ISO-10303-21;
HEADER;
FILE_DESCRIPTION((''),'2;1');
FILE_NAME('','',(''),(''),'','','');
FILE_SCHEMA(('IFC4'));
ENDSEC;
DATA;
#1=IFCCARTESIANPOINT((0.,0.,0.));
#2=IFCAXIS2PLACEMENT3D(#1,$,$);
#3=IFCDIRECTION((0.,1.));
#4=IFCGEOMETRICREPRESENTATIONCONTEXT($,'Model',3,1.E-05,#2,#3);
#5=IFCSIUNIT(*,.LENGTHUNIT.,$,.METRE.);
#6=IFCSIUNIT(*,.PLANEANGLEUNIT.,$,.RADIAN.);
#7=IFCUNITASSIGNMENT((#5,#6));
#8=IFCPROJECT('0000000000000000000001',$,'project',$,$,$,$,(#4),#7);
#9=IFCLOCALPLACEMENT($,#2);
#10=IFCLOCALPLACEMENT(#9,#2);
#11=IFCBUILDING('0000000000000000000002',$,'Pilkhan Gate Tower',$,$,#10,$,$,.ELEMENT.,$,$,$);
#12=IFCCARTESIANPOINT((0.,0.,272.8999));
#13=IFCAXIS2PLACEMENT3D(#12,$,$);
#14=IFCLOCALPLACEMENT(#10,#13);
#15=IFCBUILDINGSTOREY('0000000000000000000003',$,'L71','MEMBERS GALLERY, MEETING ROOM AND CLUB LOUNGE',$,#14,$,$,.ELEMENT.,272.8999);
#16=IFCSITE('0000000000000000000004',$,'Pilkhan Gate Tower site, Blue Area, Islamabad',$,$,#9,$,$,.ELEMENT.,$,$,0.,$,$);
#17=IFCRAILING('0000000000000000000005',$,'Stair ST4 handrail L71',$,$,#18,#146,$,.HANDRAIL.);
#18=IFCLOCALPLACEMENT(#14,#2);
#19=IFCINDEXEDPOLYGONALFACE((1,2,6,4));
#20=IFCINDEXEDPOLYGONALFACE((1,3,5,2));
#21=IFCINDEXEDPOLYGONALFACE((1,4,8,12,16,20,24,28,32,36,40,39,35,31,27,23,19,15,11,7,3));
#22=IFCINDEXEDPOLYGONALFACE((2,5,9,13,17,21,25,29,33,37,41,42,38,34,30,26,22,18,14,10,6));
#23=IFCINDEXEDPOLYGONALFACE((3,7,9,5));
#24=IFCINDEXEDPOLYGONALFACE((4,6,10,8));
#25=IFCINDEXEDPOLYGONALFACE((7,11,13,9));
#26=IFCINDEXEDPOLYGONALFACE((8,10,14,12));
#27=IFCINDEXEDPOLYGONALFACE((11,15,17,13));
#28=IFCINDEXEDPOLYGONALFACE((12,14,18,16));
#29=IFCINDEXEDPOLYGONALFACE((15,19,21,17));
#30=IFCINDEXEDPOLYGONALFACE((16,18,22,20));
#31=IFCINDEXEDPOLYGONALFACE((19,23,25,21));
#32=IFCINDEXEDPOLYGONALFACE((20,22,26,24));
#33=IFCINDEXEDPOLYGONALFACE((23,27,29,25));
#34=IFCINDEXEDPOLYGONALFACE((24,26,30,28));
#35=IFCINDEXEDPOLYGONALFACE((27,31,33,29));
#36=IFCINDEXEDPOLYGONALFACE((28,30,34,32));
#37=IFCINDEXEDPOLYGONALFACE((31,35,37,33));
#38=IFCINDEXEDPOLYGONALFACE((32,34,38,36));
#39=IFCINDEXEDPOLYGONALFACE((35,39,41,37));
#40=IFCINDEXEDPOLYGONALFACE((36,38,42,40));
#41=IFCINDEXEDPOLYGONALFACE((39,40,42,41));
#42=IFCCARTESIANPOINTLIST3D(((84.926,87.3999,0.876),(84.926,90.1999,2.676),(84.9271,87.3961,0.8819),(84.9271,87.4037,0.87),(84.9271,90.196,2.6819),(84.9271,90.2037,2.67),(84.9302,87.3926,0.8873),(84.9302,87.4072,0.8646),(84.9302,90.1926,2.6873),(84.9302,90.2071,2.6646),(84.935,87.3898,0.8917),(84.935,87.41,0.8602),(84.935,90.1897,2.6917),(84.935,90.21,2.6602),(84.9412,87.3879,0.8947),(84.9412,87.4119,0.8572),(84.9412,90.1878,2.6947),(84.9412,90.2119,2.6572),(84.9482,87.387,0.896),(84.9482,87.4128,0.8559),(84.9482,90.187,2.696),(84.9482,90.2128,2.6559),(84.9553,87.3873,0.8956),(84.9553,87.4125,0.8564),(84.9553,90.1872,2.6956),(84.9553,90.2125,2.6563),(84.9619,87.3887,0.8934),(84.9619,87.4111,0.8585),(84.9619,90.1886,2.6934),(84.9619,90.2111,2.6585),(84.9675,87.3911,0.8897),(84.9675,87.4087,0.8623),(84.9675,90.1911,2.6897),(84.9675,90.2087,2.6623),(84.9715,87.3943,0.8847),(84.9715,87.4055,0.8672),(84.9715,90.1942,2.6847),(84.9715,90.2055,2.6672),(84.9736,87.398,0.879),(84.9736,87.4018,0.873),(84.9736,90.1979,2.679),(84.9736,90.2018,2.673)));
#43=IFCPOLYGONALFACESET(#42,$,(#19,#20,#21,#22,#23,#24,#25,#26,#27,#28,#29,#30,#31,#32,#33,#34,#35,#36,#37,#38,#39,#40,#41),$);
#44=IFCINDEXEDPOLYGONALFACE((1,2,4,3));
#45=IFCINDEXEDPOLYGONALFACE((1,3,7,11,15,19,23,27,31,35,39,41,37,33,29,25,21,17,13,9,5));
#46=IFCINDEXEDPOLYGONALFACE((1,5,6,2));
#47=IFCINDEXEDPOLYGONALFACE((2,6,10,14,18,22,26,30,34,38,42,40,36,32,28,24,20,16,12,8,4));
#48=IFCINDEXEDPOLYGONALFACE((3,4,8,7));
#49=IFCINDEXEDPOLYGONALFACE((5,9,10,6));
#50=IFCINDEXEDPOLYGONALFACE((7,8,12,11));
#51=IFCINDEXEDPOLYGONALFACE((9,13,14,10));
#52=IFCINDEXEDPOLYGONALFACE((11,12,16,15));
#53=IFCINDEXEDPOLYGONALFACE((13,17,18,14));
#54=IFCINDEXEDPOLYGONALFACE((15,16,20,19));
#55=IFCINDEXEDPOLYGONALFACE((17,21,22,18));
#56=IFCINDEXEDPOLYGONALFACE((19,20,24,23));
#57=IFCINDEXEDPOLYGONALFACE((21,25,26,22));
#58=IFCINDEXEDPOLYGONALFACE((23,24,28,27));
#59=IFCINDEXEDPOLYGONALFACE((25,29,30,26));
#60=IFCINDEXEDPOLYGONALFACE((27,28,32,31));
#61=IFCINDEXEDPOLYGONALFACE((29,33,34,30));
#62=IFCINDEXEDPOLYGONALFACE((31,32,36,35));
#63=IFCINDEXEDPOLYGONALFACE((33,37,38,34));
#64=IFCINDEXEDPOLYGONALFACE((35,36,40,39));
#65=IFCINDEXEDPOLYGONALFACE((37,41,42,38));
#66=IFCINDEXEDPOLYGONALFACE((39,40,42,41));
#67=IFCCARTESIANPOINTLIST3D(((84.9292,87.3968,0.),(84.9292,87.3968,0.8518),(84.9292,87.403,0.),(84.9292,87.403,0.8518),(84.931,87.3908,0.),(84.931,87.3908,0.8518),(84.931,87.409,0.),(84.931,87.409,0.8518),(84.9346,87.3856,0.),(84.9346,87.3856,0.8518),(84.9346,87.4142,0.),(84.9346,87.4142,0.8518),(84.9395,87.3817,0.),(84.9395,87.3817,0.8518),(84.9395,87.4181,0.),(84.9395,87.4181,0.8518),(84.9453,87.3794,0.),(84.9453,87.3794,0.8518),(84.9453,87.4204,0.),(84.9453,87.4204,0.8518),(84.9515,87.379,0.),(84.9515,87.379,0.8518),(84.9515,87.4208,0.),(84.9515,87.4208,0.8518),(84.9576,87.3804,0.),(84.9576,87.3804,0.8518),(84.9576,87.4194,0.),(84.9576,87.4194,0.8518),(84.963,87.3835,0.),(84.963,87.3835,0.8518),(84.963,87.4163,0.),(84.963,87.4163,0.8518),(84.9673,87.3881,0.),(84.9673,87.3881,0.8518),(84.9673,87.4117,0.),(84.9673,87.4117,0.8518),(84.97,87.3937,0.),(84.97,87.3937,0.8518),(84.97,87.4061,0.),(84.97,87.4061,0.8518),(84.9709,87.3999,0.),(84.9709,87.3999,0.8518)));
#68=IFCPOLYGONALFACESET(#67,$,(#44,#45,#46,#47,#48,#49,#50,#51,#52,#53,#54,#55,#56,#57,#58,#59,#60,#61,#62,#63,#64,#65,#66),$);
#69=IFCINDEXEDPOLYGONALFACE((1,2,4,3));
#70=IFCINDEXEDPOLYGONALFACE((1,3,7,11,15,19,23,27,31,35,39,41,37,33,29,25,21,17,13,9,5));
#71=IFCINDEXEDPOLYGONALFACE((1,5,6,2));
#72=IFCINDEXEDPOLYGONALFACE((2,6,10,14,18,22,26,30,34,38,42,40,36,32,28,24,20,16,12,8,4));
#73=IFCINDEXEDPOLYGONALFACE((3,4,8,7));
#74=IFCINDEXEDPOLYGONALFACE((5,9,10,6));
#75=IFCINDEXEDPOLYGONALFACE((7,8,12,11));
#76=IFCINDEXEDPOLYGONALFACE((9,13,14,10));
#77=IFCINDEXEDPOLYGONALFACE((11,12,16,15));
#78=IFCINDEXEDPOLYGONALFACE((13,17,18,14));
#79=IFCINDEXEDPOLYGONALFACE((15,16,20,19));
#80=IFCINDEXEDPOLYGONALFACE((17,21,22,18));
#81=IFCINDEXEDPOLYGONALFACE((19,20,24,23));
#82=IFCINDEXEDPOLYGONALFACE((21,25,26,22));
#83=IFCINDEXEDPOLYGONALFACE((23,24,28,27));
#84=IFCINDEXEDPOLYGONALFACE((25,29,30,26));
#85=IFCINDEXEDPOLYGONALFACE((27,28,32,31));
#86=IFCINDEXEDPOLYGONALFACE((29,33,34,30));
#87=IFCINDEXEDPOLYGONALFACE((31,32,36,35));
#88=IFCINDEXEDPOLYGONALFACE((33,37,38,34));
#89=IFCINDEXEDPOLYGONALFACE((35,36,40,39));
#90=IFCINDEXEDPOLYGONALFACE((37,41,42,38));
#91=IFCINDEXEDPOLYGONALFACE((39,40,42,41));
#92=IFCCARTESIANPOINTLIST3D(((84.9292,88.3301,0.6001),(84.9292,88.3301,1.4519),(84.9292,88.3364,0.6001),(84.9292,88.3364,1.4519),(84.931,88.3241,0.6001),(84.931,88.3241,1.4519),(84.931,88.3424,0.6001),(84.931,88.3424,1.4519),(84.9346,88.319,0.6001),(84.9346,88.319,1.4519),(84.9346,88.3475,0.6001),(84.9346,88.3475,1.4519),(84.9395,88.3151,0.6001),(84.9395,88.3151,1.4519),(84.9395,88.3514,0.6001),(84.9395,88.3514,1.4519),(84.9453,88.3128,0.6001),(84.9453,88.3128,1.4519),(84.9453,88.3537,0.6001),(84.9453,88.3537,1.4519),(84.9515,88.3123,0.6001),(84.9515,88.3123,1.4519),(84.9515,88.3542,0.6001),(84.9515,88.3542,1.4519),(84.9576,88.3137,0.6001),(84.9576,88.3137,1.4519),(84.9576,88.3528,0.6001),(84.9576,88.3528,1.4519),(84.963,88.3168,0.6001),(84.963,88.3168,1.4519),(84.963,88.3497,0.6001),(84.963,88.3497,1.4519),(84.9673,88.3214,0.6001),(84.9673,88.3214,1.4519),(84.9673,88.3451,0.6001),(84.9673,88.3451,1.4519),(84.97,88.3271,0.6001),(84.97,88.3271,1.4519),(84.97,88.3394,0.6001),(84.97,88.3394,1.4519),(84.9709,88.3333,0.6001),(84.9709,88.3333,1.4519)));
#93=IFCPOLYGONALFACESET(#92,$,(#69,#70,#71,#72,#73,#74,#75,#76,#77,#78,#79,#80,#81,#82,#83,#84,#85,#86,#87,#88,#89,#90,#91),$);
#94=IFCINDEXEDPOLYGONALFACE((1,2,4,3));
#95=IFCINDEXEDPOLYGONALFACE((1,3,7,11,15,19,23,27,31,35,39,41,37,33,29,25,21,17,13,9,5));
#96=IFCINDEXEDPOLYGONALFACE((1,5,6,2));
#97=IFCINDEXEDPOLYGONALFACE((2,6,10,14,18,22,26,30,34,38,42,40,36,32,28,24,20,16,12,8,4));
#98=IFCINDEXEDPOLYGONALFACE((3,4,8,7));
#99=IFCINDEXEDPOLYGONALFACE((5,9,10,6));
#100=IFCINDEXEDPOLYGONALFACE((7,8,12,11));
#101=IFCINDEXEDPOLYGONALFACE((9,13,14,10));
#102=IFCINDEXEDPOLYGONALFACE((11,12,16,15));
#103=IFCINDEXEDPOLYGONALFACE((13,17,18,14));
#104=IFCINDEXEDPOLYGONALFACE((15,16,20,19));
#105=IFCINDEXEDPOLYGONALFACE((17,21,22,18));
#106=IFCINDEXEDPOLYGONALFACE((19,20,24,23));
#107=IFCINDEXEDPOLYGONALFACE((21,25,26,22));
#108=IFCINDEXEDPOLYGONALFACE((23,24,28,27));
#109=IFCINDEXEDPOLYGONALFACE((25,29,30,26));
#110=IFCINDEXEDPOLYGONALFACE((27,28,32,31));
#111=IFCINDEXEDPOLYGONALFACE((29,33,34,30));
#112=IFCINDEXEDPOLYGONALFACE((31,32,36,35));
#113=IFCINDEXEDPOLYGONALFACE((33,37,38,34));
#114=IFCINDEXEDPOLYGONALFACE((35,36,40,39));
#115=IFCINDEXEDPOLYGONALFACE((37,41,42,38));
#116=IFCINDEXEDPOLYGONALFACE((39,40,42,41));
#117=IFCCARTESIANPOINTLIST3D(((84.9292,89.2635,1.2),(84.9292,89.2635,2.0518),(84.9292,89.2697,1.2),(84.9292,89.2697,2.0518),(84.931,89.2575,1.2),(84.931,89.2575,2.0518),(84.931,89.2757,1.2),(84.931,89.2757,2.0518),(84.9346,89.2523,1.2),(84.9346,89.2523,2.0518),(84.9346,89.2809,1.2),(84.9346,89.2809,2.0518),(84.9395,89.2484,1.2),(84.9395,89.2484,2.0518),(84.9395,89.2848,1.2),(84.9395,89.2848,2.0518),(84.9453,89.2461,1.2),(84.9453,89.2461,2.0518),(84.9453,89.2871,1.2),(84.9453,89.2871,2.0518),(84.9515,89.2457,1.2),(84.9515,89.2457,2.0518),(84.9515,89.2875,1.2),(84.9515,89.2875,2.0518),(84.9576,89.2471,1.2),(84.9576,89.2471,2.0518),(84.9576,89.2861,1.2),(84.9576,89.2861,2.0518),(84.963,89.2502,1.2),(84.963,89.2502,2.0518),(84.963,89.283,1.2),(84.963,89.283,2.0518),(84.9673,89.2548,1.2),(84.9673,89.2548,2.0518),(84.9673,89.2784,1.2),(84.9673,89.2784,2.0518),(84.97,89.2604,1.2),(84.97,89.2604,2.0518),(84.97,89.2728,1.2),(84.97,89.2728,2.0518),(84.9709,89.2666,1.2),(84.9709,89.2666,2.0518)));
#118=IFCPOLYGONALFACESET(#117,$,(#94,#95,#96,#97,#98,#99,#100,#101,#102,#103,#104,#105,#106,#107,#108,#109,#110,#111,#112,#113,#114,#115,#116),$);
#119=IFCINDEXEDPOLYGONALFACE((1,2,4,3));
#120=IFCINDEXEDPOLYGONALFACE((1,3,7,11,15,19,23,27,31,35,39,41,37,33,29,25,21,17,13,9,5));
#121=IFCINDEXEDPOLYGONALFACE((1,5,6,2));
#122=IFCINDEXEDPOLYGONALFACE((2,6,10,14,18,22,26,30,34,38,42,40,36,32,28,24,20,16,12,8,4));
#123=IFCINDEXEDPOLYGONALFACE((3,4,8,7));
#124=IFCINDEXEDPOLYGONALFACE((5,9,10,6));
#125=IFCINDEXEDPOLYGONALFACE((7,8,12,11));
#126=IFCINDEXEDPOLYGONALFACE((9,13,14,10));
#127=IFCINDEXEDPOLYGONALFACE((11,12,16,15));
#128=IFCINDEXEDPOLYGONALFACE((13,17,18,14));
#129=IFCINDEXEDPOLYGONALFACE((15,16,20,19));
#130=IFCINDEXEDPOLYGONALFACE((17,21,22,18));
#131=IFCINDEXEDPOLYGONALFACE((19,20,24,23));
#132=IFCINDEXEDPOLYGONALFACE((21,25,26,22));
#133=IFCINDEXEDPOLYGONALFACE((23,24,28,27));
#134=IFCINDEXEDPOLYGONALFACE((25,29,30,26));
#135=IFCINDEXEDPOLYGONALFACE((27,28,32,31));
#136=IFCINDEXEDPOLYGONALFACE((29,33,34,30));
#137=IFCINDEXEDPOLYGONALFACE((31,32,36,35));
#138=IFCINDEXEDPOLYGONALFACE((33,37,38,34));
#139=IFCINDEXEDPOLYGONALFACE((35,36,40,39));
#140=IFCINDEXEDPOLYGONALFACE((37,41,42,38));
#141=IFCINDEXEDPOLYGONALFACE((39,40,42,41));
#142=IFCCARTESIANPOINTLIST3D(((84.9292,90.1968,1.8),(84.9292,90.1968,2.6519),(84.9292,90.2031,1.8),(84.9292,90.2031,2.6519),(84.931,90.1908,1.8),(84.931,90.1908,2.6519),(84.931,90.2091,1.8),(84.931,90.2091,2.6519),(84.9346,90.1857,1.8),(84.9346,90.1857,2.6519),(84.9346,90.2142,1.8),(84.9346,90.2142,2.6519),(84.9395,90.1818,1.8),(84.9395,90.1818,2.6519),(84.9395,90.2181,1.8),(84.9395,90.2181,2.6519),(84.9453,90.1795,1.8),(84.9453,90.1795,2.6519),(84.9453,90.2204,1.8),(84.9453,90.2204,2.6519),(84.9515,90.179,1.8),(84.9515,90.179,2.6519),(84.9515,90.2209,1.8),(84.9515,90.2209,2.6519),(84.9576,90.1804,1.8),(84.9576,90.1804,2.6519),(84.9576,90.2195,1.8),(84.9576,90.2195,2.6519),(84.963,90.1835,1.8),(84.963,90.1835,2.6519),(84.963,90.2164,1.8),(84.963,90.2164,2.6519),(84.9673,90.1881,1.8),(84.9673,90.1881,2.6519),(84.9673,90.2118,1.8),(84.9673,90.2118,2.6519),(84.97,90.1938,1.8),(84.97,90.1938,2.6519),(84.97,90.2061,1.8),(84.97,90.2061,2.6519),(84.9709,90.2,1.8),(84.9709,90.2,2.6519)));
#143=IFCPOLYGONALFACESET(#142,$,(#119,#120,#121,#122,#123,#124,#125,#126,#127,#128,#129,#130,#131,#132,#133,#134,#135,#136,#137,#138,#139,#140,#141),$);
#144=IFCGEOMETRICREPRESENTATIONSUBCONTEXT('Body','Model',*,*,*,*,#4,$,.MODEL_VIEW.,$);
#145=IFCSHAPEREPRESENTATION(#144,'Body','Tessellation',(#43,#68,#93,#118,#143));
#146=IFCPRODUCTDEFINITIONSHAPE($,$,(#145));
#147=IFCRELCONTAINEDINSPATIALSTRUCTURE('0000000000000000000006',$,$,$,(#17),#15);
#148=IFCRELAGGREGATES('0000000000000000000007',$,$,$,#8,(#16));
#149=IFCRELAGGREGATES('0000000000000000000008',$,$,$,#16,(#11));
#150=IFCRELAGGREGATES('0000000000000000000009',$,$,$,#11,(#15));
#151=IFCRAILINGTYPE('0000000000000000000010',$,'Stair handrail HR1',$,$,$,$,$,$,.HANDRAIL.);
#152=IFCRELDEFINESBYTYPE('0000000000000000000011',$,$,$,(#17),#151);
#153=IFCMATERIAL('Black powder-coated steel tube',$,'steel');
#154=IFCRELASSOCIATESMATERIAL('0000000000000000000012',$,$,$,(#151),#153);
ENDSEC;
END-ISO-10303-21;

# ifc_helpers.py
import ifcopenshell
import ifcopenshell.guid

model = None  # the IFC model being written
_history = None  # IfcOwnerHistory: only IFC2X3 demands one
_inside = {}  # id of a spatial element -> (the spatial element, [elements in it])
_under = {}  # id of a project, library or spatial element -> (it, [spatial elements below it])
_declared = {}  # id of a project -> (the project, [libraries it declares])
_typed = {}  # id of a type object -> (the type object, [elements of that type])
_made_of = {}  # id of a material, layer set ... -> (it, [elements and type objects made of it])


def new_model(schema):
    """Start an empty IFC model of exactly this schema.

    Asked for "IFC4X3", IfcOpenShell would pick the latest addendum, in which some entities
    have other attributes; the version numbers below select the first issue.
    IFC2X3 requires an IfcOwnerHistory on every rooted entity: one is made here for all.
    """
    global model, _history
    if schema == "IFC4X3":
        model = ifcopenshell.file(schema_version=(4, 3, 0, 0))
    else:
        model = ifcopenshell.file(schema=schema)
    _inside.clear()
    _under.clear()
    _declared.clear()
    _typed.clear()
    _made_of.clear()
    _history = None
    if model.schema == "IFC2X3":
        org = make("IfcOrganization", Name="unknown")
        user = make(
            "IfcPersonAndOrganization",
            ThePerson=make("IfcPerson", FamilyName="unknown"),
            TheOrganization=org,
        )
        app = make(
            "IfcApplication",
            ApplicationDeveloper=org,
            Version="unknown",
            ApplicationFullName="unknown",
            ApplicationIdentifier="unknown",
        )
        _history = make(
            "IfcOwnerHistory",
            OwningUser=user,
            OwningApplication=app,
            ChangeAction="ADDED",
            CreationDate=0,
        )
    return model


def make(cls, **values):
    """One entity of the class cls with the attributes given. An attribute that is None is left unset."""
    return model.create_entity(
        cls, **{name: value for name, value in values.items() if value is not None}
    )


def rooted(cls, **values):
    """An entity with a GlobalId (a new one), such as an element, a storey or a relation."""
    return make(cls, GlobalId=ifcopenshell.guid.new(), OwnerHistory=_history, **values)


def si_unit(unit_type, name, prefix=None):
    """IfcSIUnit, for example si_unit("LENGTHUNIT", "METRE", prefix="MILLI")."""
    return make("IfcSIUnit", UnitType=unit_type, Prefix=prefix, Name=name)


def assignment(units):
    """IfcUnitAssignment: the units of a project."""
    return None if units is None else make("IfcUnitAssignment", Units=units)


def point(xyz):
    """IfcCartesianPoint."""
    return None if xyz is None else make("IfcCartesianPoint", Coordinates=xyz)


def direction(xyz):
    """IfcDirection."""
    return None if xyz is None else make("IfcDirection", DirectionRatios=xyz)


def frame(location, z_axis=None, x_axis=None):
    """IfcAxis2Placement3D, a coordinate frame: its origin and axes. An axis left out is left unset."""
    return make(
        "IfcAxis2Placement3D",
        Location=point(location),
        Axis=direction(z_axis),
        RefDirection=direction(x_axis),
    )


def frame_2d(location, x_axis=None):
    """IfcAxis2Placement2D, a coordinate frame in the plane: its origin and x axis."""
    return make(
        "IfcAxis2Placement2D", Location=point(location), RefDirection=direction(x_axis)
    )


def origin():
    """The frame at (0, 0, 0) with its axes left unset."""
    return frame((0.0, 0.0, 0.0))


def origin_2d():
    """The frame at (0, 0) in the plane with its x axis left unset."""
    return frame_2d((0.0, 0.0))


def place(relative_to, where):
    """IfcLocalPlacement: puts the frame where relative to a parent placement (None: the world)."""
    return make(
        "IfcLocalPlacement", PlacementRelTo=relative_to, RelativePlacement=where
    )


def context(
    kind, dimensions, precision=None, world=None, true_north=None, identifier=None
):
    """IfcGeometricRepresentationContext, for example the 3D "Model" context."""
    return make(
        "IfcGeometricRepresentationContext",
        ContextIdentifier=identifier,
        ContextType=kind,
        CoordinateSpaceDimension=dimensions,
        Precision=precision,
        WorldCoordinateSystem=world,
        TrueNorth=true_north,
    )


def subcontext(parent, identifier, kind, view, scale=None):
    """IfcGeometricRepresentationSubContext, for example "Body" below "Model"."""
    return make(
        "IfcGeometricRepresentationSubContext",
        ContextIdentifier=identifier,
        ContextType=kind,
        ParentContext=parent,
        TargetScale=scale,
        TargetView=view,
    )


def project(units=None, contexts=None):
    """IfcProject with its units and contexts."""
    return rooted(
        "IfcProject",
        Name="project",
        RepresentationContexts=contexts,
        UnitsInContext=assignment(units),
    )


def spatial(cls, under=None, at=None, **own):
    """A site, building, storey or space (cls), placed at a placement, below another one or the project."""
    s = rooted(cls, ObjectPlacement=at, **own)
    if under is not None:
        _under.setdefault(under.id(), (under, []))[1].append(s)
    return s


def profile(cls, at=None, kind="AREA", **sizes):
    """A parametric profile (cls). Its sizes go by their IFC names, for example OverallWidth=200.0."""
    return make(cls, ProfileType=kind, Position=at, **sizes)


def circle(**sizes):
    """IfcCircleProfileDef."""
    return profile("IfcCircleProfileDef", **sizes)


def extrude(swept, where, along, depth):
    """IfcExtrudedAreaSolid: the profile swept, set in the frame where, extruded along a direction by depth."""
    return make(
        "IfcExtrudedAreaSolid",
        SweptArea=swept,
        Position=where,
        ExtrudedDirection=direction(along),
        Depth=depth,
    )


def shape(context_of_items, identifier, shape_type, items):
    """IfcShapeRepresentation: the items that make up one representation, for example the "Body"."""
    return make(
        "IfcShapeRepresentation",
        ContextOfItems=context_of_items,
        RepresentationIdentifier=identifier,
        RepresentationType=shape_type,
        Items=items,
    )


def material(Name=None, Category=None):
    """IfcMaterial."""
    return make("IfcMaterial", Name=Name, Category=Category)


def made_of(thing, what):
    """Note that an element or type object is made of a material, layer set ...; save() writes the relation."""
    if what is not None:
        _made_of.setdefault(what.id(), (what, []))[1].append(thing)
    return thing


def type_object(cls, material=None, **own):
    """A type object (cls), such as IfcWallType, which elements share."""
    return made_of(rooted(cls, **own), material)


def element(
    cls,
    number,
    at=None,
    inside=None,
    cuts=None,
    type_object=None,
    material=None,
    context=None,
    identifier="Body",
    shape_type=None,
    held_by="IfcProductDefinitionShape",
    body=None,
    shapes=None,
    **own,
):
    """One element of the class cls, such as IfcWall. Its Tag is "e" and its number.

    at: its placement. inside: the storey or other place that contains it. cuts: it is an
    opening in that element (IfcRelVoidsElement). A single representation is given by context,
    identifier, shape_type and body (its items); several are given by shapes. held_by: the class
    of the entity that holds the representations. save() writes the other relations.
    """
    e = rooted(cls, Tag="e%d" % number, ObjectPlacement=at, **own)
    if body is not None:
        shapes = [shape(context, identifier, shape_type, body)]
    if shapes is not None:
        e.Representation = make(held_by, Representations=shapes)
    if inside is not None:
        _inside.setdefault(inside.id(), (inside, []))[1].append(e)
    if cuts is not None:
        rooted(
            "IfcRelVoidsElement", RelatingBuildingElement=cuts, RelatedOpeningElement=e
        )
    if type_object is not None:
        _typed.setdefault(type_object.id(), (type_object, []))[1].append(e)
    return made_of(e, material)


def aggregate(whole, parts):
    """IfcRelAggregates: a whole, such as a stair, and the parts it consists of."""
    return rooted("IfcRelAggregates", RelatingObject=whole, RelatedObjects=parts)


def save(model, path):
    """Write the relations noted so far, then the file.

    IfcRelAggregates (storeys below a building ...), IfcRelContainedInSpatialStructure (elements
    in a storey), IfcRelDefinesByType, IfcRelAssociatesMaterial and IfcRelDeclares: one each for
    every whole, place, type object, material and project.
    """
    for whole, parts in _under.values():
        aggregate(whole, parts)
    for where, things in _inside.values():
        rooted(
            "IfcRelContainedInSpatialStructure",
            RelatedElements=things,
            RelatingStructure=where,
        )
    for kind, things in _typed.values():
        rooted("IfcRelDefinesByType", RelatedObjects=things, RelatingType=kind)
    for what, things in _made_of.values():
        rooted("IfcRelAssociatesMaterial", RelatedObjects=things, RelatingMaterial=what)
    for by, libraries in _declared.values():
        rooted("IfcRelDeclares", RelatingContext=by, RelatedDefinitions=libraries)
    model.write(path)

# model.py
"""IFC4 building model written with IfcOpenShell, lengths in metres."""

from ifc_helpers import new_model, si_unit, direction, frame, origin, origin_2d, place, context, subcontext, project, spatial, circle, extrude, material, type_object, element, save


model = new_model("IFC4")

# Units and contexts
model_context = context("Model", 3, precision=1e-05, world=origin(), true_north=direction((0.0, 1.0)))
body_context = subcontext(model_context, "Body", "Model", "MODEL_VIEW")
ifc_project = project(units=[si_unit("LENGTHUNIT", "METRE"), si_unit("PLANEANGLEUNIT", "RADIAN")], contexts=[model_context])

# Site, building, storey
site_placement = place(None, origin())
site = spatial("IfcSite", under=ifc_project, at=site_placement, Name="Pilkhan Gate Tower site, Blue Area, Islamabad", CompositionType="ELEMENT", RefElevation=0.0)
building_placement = place(site_placement, origin())
building = spatial("IfcBuilding", under=site, at=building_placement, Name="Pilkhan Gate Tower", CompositionType="ELEMENT")
storey_placement = place(building_placement, frame((0.0, 0.0, 272.8999)))
storey = spatial("IfcBuildingStorey", under=building, at=storey_placement, Name="L71", Description="MEMBERS GALLERY, MEETING ROOM AND CLUB LOUNGE", CompositionType="ELEMENT", Elevation=272.8999)

# Railing
ifc_material_1 = material(Name="Black powder-coated steel tube", Category="steel")
railing_type_1 = type_object("IfcRailingType", Name="Stair handrail HR1", PredefinedType="HANDRAIL", material=ifc_material_1)
railing_placement = place(storey_placement, frame((84.95, 87.3999, 0.0)))
element("IfcRailing", 1, at=railing_placement, inside=storey, type_object=railing_type_1, Name="Stair ST4 handrail L71", PredefinedType="HANDRAIL", context=body_context, shape_type="SweptSolid", body=[
    extrude(circle(Radius=0.0239, at=origin_2d()), frame((0.0, 0.0, 0.876), z_axis=(0.0, 0.841176, 0.540761), x_axis=(-1.0, 0.0, 0.0)), (0.0, 0.0, 1.0), 3.3286),
    extrude(circle(Radius=0.021, at=origin_2d()), origin(), (0.0, 0.0, 1.0), 0.8518),
    extrude(circle(Radius=0.021, at=origin_2d()), frame((0.0, 0.9333, 0.6001)), (0.0, 0.0, 1.0), 0.8518),
    extrude(circle(Radius=0.021, at=origin_2d()), frame((0.0, 1.8667, 1.2)), (0.0, 0.0, 1.0), 0.8518),
    extrude(circle(Radius=0.021, at=origin_2d()), frame((0.0, 2.8, 1.8)), (0.0, 0.0, 1.0), 0.8518),
])

save(model, "model.ifc")
